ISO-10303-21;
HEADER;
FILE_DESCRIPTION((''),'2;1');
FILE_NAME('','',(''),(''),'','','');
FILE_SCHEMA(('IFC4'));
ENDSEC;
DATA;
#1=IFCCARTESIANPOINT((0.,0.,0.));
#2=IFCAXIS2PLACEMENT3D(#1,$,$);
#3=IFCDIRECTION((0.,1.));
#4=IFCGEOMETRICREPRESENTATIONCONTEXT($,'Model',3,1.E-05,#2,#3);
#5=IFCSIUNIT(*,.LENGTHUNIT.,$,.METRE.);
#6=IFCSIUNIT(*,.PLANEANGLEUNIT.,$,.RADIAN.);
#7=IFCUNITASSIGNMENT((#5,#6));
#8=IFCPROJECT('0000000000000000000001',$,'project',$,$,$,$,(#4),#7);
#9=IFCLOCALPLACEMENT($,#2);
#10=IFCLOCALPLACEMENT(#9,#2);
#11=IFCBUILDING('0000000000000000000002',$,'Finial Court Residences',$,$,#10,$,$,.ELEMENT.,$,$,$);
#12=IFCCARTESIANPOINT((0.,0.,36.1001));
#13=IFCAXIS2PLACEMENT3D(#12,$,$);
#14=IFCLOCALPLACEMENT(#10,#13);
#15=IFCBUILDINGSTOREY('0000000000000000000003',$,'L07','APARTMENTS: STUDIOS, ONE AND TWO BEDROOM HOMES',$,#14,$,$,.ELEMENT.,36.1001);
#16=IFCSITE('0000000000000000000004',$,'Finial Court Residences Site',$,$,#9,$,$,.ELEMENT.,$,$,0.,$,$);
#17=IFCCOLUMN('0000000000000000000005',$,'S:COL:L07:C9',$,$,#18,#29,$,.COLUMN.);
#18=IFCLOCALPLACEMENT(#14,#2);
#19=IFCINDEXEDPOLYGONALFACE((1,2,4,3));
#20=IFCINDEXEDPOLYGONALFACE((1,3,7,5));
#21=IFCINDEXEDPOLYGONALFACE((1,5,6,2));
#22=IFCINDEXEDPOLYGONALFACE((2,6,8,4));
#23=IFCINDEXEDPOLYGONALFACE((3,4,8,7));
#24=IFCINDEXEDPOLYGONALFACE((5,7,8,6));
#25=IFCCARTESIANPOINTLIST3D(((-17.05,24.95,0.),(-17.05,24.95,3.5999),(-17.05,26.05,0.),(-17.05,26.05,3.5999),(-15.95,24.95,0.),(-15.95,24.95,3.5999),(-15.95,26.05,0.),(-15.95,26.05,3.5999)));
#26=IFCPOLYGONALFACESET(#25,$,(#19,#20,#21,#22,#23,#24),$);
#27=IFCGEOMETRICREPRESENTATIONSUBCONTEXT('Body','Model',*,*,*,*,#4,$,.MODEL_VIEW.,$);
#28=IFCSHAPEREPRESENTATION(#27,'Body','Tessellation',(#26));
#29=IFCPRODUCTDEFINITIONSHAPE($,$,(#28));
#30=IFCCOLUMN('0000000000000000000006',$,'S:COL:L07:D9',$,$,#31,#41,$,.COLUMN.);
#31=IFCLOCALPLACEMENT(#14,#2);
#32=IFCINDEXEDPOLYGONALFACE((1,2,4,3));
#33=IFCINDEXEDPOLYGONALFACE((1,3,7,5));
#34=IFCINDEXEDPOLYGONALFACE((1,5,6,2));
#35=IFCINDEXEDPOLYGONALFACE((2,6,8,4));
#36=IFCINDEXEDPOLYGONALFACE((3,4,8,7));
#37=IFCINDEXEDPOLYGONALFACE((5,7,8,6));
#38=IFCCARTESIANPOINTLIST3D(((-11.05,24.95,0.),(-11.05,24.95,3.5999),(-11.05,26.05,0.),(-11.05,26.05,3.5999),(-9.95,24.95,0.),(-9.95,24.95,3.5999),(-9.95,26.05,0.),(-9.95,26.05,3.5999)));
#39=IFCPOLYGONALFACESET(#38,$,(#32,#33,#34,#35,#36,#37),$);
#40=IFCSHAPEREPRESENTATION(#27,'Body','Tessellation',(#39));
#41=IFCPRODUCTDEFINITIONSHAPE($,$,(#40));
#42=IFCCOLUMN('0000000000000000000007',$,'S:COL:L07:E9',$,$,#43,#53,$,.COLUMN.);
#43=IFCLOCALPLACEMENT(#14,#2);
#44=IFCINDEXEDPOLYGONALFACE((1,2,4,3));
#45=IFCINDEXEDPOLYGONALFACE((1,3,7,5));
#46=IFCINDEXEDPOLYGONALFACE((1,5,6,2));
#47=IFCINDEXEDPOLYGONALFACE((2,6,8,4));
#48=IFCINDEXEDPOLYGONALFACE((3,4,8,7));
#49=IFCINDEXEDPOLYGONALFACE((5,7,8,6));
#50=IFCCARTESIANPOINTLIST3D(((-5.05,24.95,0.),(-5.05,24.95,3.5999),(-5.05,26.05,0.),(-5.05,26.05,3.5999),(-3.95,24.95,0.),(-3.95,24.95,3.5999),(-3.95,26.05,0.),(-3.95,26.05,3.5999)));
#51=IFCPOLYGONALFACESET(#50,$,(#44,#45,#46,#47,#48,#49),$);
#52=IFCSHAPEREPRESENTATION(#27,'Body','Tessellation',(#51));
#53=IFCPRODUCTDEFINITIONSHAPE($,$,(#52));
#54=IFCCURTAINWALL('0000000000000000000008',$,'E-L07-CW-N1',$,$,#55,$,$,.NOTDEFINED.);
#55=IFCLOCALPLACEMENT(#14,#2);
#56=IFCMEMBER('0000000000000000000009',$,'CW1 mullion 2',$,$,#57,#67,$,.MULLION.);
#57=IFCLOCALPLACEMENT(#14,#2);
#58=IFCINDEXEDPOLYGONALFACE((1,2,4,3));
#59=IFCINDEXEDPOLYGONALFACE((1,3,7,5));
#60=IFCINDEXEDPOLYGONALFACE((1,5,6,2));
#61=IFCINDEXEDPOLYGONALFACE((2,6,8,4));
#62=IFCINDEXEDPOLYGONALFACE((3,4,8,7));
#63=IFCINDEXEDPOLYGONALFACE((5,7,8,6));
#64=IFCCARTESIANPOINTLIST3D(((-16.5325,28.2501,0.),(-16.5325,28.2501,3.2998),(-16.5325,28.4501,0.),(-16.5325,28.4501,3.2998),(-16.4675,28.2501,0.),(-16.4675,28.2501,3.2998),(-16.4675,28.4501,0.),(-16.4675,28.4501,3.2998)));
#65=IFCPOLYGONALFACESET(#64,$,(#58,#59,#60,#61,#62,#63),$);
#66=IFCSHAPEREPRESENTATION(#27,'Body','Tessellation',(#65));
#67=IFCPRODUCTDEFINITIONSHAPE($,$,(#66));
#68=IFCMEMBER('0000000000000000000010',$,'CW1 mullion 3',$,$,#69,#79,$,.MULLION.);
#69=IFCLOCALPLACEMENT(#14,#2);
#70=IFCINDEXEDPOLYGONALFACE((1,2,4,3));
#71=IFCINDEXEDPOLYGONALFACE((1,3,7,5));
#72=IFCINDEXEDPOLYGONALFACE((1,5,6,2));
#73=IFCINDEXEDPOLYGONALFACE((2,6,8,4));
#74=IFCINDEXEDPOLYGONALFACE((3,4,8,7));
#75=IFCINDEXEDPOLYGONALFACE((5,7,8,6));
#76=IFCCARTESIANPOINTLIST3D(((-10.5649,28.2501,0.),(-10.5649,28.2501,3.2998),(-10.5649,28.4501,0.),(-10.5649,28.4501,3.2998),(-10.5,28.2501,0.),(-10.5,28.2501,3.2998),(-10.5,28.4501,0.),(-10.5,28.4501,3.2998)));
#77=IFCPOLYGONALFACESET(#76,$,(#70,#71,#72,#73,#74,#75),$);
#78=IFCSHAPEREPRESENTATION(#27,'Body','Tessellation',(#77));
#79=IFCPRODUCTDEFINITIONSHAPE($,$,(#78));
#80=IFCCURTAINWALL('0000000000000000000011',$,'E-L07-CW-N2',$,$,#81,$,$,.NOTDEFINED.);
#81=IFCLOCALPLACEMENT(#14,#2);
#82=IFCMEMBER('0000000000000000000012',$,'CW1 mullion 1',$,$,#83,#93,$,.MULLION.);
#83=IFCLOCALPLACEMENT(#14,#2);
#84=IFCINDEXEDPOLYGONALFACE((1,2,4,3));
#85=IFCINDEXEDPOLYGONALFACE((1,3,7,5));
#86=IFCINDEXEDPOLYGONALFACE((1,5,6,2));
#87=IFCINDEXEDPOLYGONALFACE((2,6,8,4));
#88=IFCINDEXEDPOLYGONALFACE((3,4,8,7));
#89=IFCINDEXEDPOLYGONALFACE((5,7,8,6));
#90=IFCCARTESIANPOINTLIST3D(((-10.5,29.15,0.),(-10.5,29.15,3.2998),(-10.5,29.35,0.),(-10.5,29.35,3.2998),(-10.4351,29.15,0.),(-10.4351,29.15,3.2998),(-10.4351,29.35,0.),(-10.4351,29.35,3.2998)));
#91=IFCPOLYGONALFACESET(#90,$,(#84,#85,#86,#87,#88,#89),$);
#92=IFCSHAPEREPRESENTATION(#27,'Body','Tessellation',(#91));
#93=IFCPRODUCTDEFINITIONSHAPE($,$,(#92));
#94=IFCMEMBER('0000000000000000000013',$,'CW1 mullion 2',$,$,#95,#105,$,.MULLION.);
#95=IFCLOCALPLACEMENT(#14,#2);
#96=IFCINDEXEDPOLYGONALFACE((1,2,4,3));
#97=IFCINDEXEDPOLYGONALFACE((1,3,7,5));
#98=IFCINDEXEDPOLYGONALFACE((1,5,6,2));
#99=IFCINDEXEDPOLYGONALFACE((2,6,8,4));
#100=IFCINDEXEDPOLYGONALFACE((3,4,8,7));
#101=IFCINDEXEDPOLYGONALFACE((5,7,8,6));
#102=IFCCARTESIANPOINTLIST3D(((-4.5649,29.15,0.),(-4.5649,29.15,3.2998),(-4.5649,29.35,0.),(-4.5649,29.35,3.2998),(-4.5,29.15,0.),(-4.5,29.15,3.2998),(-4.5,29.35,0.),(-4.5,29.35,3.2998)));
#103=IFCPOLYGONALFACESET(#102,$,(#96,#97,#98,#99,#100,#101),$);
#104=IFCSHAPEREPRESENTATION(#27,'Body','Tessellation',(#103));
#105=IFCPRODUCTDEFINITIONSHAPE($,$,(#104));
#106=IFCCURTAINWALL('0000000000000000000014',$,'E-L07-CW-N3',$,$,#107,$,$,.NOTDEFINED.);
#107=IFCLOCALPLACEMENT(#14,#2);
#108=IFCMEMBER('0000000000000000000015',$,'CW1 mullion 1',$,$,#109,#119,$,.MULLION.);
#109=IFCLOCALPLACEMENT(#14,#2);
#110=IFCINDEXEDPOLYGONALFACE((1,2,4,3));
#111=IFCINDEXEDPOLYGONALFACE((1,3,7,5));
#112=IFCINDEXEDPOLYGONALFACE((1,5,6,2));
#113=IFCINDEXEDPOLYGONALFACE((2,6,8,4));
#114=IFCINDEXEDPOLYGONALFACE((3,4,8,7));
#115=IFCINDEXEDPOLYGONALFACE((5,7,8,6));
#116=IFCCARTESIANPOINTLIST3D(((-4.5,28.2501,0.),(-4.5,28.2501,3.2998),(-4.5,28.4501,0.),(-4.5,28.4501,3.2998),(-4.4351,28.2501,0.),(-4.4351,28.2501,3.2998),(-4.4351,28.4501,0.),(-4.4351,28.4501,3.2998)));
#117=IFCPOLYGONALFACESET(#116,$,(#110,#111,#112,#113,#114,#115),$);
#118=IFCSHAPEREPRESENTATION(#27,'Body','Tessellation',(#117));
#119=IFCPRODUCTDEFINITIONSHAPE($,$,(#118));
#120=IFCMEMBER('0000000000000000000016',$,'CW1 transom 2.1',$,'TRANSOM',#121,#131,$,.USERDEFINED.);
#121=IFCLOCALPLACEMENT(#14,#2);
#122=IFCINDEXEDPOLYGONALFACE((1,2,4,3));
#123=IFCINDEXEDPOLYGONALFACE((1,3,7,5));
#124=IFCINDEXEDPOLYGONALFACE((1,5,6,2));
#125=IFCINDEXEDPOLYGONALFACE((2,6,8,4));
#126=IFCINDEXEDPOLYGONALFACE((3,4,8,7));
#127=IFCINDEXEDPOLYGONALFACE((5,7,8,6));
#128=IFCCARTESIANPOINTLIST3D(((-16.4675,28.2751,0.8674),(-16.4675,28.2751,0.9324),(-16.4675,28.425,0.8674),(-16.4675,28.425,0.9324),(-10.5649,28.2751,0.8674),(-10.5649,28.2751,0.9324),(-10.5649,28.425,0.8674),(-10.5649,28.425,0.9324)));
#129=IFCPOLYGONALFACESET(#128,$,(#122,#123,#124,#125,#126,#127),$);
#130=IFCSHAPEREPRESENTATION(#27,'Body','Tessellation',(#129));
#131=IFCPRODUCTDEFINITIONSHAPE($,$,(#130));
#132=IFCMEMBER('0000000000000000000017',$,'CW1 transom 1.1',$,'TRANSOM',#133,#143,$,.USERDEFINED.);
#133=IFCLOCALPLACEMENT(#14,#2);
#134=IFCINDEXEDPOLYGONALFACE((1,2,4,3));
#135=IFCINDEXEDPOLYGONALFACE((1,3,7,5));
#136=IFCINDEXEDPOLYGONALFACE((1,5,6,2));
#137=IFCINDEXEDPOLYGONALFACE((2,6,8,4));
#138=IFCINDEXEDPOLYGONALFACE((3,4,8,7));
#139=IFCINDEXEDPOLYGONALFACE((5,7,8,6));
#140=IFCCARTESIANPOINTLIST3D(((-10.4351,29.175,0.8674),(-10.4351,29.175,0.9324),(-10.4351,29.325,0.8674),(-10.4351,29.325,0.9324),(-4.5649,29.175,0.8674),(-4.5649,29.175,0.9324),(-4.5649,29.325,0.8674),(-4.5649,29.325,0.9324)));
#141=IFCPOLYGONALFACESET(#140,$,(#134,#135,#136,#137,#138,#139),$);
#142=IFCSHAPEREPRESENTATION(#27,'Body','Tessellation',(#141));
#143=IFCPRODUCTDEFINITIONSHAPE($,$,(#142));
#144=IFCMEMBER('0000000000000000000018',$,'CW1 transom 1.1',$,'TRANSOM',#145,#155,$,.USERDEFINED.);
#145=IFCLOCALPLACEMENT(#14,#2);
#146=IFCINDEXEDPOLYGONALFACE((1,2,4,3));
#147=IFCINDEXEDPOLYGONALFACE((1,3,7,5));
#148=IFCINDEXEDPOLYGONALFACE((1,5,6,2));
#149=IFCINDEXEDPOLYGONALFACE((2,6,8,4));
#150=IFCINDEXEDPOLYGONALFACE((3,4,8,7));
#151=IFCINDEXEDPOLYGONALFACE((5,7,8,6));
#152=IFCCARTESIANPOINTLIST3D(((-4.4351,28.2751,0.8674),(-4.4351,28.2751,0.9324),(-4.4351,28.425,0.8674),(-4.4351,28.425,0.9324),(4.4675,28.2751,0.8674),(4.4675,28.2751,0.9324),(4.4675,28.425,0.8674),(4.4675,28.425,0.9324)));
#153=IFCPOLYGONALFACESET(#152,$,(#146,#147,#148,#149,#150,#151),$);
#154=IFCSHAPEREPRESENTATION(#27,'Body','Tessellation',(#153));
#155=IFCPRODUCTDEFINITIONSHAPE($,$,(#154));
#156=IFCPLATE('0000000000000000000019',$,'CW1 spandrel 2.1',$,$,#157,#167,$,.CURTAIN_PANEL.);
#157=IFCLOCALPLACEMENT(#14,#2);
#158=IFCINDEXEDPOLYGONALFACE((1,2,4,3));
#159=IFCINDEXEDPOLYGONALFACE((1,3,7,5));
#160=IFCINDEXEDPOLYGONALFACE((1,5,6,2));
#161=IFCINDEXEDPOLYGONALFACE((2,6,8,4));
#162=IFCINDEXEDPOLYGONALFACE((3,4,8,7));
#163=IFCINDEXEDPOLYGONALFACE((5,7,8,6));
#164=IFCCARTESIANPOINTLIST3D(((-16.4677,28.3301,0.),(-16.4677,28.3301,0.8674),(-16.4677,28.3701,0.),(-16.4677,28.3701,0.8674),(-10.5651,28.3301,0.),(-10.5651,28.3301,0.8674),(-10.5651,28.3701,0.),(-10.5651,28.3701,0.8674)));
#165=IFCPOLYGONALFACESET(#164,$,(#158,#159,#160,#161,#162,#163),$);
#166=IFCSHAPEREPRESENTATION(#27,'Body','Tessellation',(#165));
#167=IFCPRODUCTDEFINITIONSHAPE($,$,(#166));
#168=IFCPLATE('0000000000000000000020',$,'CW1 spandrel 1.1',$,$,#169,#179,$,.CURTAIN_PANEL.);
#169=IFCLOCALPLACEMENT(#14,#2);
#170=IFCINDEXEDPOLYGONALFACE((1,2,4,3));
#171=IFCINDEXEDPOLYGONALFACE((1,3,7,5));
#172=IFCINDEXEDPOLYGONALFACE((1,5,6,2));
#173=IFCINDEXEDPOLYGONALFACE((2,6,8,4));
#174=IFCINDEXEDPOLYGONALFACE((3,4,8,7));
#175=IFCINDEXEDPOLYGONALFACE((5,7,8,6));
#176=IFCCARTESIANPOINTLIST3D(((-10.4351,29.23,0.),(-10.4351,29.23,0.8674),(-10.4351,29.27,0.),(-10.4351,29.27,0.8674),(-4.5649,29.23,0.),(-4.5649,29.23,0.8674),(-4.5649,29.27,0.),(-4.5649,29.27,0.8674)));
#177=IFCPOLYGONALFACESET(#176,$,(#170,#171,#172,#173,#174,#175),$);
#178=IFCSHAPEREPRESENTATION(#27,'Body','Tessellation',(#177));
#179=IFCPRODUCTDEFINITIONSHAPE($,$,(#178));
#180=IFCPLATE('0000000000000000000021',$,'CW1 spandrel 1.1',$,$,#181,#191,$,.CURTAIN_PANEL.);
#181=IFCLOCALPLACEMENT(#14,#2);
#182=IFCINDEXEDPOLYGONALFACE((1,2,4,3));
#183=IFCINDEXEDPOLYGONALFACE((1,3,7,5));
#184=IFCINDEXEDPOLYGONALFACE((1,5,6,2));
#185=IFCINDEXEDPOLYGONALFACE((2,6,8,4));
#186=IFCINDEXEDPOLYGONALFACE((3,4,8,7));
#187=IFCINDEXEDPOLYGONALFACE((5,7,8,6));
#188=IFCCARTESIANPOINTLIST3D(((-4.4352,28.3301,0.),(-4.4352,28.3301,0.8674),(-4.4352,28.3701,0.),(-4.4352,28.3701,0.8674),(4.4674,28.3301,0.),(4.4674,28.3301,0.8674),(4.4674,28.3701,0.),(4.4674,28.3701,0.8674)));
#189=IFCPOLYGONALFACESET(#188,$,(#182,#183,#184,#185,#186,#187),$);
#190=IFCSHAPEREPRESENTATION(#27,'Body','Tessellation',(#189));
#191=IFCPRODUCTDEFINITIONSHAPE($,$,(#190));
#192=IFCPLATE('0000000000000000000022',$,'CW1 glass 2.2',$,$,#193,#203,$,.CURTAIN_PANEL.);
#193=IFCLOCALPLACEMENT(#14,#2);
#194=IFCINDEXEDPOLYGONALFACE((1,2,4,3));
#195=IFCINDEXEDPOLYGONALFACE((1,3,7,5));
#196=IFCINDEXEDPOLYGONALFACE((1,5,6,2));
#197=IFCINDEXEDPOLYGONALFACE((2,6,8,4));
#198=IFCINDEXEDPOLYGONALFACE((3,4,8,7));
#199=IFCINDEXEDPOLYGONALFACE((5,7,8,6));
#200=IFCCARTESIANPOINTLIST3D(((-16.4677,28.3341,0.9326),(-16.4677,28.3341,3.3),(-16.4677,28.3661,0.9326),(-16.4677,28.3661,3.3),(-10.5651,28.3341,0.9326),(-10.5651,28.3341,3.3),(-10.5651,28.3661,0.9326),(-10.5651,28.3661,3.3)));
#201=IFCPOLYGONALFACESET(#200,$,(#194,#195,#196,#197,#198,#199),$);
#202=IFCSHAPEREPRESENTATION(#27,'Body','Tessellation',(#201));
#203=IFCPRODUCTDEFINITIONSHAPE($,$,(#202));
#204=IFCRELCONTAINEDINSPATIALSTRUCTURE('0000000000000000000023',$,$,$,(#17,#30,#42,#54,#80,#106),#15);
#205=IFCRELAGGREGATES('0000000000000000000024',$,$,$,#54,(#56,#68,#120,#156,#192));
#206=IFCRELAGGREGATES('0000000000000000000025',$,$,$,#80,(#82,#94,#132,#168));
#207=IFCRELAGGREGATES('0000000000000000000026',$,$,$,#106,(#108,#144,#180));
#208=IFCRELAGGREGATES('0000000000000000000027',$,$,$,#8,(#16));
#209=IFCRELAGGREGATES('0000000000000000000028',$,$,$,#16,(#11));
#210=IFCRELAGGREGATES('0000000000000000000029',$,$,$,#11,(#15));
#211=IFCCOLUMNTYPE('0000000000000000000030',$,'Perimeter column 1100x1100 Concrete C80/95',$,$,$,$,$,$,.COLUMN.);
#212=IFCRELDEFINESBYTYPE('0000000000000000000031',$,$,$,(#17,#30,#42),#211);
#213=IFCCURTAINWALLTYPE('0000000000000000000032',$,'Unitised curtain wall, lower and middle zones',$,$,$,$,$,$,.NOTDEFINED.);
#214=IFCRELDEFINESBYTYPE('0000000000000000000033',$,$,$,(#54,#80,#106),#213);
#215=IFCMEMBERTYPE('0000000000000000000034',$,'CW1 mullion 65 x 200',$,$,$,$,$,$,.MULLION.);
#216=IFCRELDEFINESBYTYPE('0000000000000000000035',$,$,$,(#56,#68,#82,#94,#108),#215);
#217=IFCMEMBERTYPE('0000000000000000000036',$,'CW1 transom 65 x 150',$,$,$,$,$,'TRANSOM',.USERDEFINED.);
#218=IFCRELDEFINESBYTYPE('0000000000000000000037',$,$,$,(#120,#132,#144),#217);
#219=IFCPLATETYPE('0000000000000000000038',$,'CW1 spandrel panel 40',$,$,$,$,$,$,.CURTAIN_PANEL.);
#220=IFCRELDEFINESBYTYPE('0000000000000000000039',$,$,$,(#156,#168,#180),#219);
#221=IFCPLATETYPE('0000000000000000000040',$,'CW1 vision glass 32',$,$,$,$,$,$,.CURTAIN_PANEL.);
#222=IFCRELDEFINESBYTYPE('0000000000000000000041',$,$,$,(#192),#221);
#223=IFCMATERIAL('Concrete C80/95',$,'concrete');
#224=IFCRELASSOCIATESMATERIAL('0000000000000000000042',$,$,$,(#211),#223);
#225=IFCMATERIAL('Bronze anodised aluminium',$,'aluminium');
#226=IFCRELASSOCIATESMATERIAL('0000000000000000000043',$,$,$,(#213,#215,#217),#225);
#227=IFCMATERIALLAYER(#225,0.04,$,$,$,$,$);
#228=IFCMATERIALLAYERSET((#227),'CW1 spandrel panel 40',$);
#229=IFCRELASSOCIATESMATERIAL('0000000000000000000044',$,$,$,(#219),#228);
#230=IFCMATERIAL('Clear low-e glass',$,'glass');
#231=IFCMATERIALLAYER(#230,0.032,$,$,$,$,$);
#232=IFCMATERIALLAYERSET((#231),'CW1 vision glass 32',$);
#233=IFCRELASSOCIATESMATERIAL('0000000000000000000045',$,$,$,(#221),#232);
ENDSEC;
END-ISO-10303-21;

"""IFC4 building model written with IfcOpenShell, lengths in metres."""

from ifc_helpers import new_model, si_unit, direction, frame, origin, origin_2d, place, context, subcontext, project, spatial, rectangle, extrude, material, layer, layer_set, material_profile, profile_set, type_object, element, aggregate, save


model = new_model("IFC4")

# Units and contexts
model_context = context("Model", 3, precision=1e-05, world=origin(), true_north=direction((0.0, 1.0)))
body_context = subcontext(model_context, "Body", "Model", "MODEL_VIEW")
ifc_project = project(units=[si_unit("LENGTHUNIT", "METRE"), si_unit("PLANEANGLEUNIT", "RADIAN")], contexts=[model_context])

# Site, building, storey
site_placement = place(None, origin())
site = spatial("IfcSite", under=ifc_project, at=site_placement, Name="Finial Court Residences Site", CompositionType="ELEMENT", RefElevation=0.0)
building_placement = place(site_placement, origin())
building = spatial("IfcBuilding", under=site, at=building_placement, Name="Finial Court Residences", CompositionType="ELEMENT")
storey_placement = place(building_placement, frame((0.0, 0.0, 36.1001)))
storey = spatial("IfcBuildingStorey", under=building, at=storey_placement, Name="L07", Description="APARTMENTS: STUDIOS, ONE AND TWO BEDROOM HOMES", CompositionType="ELEMENT", Elevation=36.1001)

# Columns
ifc_material_1 = material(Name="Concrete C80/95", Category="concrete")
ifc_material_profile_1 = material_profile(ifc_material_1, rectangle(XDim=1.1001, YDim=1.1001, at=origin_2d()), Name="1100x1100")
ifc_profile_set_1 = profile_set([ifc_material_profile_1], Name="Concrete C80/95")
column_type = type_object("IfcColumnType", Name="Perimeter column 1100x1100 Concrete C80/95", PredefinedType="COLUMN", material=ifc_profile_set_1)
for number, where, z_axis, x_axis, name in (
    (1, (-16.5, 25.5, 0.0), (0.0, 0.0, 1.0), (1.0, 0.0, 0.0), "S:COL:L07:C9"),
    (2, (-10.5, 25.5, 0.0), (0.0, 0.0, 1.0), (1.0, 0.0, 0.0), "S:COL:L07:D9"),
    (3, (-4.5, 25.5, 0.0), (0.0, 0.0, 1.0), (1.0, 0.0, 0.0), "S:COL:L07:E9"),
):
    element("IfcColumn", number, at=place(storey_placement, frame(where, z_axis=z_axis, x_axis=x_axis)), inside=storey, type_object=column_type, Name=name, PredefinedType="COLUMN", context=body_context, shape_type="SweptSolid", body=[
        extrude(rectangle(XDim=1.1001, YDim=1.1001, at=origin_2d()), origin(), (0.0, 0.0, 1.0), 3.5999),
    ])

# Curtain walls, members
ifc_material_2 = material(Name="Bronze anodised aluminium", Category="aluminium")
curtain_wall_type = type_object("IfcCurtainWallType", Name="Unitised curtain wall, lower and middle zones", PredefinedType="NOTDEFINED", material=ifc_material_2)
curtain_wall_1_placement = place(storey_placement, origin())
curtain_wall_1 = element("IfcCurtainWall", 4, at=curtain_wall_1_placement, inside=storey, type_object=curtain_wall_type, Name="E-L07-CW-N1", PredefinedType="NOTDEFINED")
ifc_material_profile_2 = material_profile(ifc_material_2, rectangle(XDim=0.2, YDim=0.0649, at=origin_2d()), Name="CW1 mullion 65 x 200")
ifc_profile_set_2 = profile_set([ifc_material_profile_2], Name="Bronze anodised aluminium")
member_type_1 = type_object("IfcMemberType", Name="CW1 mullion 65 x 200", PredefinedType="MULLION", material=ifc_profile_set_2)
member_1_placement = place(storey_placement, frame((-16.5, 28.3501, 0.0), z_axis=(0.0, 0.0, 1.0), x_axis=(0.0, 1.0, 0.0)))
member_1 = element("IfcMember", 5, at=member_1_placement, type_object=member_type_1, Name="CW1 mullion 2", PredefinedType="MULLION", context=body_context, shape_type="SweptSolid", body=[
    extrude(rectangle(XDim=0.2, YDim=0.0649, at=origin_2d()), origin(), (0.0, 0.0, 1.0), 3.2998),
])
member_2_placement = place(storey_placement, frame((-10.5325, 28.3501, 0.0), z_axis=(0.0, 0.0, 1.0), x_axis=(0.0, 1.0, 0.0)))
member_2 = element("IfcMember", 6, at=member_2_placement, type_object=member_type_1, Name="CW1 mullion 3", PredefinedType="MULLION", context=body_context, shape_type="SweptSolid", body=[
    extrude(rectangle(XDim=0.2, YDim=0.0649, at=origin_2d()), origin(), (0.0, 0.0, 1.0), 3.2998),
])
curtain_wall_2_placement = place(storey_placement, origin())
curtain_wall_2 = element("IfcCurtainWall", 7, at=curtain_wall_2_placement, inside=storey, type_object=curtain_wall_type, Name="E-L07-CW-N2", PredefinedType="NOTDEFINED")
member_3_placement = place(storey_placement, frame((-10.4675, 29.25, 0.0), z_axis=(0.0, 0.0, 1.0), x_axis=(0.0, 1.0, 0.0)))
member_3 = element("IfcMember", 8, at=member_3_placement, type_object=member_type_1, Name="CW1 mullion 1", PredefinedType="MULLION", context=body_context, shape_type="SweptSolid", body=[
    extrude(rectangle(XDim=0.2, YDim=0.0649, at=origin_2d()), origin(), (0.0, 0.0, 1.0), 3.2998),
])
member_4_placement = place(storey_placement, frame((-4.5325, 29.25, 0.0), z_axis=(0.0, 0.0, 1.0), x_axis=(0.0, 1.0, 0.0)))
member_4 = element("IfcMember", 9, at=member_4_placement, type_object=member_type_1, Name="CW1 mullion 2", PredefinedType="MULLION", context=body_context, shape_type="SweptSolid", body=[
    extrude(rectangle(XDim=0.2, YDim=0.0649, at=origin_2d()), origin(), (0.0, 0.0, 1.0), 3.2998),
])

# Curtain wall, member
curtain_wall_3_placement = place(storey_placement, origin())
curtain_wall_3 = element("IfcCurtainWall", 10, at=curtain_wall_3_placement, inside=storey, type_object=curtain_wall_type, Name="E-L07-CW-N3", PredefinedType="NOTDEFINED")
member_5_placement = place(storey_placement, frame((-4.4675, 28.3501, 0.0), z_axis=(0.0, 0.0, 1.0), x_axis=(0.0, 1.0, 0.0)))
member_5 = element("IfcMember", 11, at=member_5_placement, type_object=member_type_1, Name="CW1 mullion 1", PredefinedType="MULLION", context=body_context, shape_type="SweptSolid", body=[
    extrude(rectangle(XDim=0.2, YDim=0.0649, at=origin_2d()), origin(), (0.0, 0.0, 1.0), 3.2998),
])

# Members
ifc_material_profile_3 = material_profile(ifc_material_2, rectangle(XDim=0.1499, YDim=0.0649, at=origin_2d()), Name="CW1 transom 65 x 150")
ifc_profile_set_3 = profile_set([ifc_material_profile_3], Name="Bronze anodised aluminium")
member_type_2 = type_object("IfcMemberType", Name="CW1 transom 65 x 150", ElementType="TRANSOM", PredefinedType="USERDEFINED", material=ifc_profile_set_3)
member_6_placement = place(storey_placement, frame((-16.4675, 28.3501, 0.8999), z_axis=(1.0, 0.0, 0.0), x_axis=(0.0, 1.0, 0.0)))
member_6 = element("IfcMember", 12, at=member_6_placement, type_object=member_type_2, Name="CW1 transom 2.1", ObjectType="TRANSOM", PredefinedType="USERDEFINED", context=body_context, shape_type="SweptSolid", body=[
    extrude(rectangle(XDim=0.1499, YDim=0.0649, at=origin_2d()), origin(), (0.0, 0.0, 1.0), 5.9026),
])
member_7_placement = place(storey_placement, frame((-10.4351, 29.25, 0.8999), z_axis=(1.0, 0.0, 0.0), x_axis=(0.0, 1.0, 0.0)))
member_7 = element("IfcMember", 13, at=member_7_placement, type_object=member_type_2, Name="CW1 transom 1.1", ObjectType="TRANSOM", PredefinedType="USERDEFINED", context=body_context, shape_type="SweptSolid", body=[
    extrude(rectangle(XDim=0.1499, YDim=0.0649, at=origin_2d()), origin(), (0.0, 0.0, 1.0), 5.8701),
])
member_8_placement = place(storey_placement, frame((-4.4351, 28.3501, 0.8999), z_axis=(1.0, 0.0, 0.0), x_axis=(0.0, 1.0, 0.0)))
member_8 = element("IfcMember", 14, at=member_8_placement, type_object=member_type_2, Name="CW1 transom 1.1", ObjectType="TRANSOM", PredefinedType="USERDEFINED", context=body_context, shape_type="SweptSolid", body=[
    extrude(rectangle(XDim=0.1499, YDim=0.0649, at=origin_2d()), origin(), (0.0, 0.0, 1.0), 8.9026),
])

# Plates
ifc_layer_1 = layer(ifc_material_2, 0.04)
ifc_layer_set_1 = layer_set([ifc_layer_1], Name="CW1 spandrel panel 40")
plate_type_1 = type_object("IfcPlateType", Name="CW1 spandrel panel 40", PredefinedType="CURTAIN_PANEL", material=ifc_layer_set_1)
plate_1_placement = place(storey_placement, frame((-13.5164, 28.3501, 0.0), z_axis=(0.0, 0.0, 1.0), x_axis=(1.0, 0.0, 0.0)))
plate_1 = element("IfcPlate", 15, at=plate_1_placement, type_object=plate_type_1, Name="CW1 spandrel 2.1", PredefinedType="CURTAIN_PANEL", context=body_context, shape_type="SweptSolid", body=[
    extrude(rectangle(XDim=5.9026, YDim=0.04, at=origin_2d()), origin(), (0.0, 0.0, 1.0), 0.8674),
])
plate_2_placement = place(storey_placement, frame((-7.5, 29.25, 0.0), z_axis=(0.0, 0.0, 1.0), x_axis=(1.0, 0.0, 0.0)))
plate_2 = element("IfcPlate", 16, at=plate_2_placement, type_object=plate_type_1, Name="CW1 spandrel 1.1", PredefinedType="CURTAIN_PANEL", context=body_context, shape_type="SweptSolid", body=[
    extrude(rectangle(XDim=5.8701, YDim=0.04, at=origin_2d()), origin(), (0.0, 0.0, 1.0), 0.8674),
])
plate_3_placement = place(storey_placement, frame((0.0161, 28.3501, 0.0), z_axis=(0.0, 0.0, 1.0), x_axis=(1.0, 0.0, 0.0)))
plate_3 = element("IfcPlate", 17, at=plate_3_placement, type_object=plate_type_1, Name="CW1 spandrel 1.1", PredefinedType="CURTAIN_PANEL", context=body_context, shape_type="SweptSolid", body=[
    extrude(rectangle(XDim=8.9026, YDim=0.04, at=origin_2d()), origin(), (0.0, 0.0, 1.0), 0.8674),
])
ifc_material_3 = material(Name="Clear low-e glass", Category="glass")
ifc_layer_2 = layer(ifc_material_3, 0.032)
ifc_layer_set_2 = layer_set([ifc_layer_2], Name="CW1 vision glass 32")
plate_type_2 = type_object("IfcPlateType", Name="CW1 vision glass 32", PredefinedType="CURTAIN_PANEL", material=ifc_layer_set_2)
plate_4_placement = place(storey_placement, frame((-13.5164, 28.3501, 0.9326), z_axis=(0.0, 0.0, 1.0), x_axis=(1.0, 0.0, 0.0)))
plate_4 = element("IfcPlate", 18, at=plate_4_placement, type_object=plate_type_2, Name="CW1 glass 2.2", PredefinedType="CURTAIN_PANEL", context=body_context, shape_type="SweptSolid", body=[
    extrude(rectangle(XDim=5.9026, YDim=0.032, at=origin_2d()), origin(), (0.0, 0.0, 1.0), 2.3674),
])
aggregate(curtain_wall_1, [member_1, member_2, member_6, plate_1, plate_4])
aggregate(curtain_wall_2, [member_3, member_4, member_7, plate_2])
aggregate(curtain_wall_3, [member_5, member_8, plate_3])

save(model, "model.ifc")
